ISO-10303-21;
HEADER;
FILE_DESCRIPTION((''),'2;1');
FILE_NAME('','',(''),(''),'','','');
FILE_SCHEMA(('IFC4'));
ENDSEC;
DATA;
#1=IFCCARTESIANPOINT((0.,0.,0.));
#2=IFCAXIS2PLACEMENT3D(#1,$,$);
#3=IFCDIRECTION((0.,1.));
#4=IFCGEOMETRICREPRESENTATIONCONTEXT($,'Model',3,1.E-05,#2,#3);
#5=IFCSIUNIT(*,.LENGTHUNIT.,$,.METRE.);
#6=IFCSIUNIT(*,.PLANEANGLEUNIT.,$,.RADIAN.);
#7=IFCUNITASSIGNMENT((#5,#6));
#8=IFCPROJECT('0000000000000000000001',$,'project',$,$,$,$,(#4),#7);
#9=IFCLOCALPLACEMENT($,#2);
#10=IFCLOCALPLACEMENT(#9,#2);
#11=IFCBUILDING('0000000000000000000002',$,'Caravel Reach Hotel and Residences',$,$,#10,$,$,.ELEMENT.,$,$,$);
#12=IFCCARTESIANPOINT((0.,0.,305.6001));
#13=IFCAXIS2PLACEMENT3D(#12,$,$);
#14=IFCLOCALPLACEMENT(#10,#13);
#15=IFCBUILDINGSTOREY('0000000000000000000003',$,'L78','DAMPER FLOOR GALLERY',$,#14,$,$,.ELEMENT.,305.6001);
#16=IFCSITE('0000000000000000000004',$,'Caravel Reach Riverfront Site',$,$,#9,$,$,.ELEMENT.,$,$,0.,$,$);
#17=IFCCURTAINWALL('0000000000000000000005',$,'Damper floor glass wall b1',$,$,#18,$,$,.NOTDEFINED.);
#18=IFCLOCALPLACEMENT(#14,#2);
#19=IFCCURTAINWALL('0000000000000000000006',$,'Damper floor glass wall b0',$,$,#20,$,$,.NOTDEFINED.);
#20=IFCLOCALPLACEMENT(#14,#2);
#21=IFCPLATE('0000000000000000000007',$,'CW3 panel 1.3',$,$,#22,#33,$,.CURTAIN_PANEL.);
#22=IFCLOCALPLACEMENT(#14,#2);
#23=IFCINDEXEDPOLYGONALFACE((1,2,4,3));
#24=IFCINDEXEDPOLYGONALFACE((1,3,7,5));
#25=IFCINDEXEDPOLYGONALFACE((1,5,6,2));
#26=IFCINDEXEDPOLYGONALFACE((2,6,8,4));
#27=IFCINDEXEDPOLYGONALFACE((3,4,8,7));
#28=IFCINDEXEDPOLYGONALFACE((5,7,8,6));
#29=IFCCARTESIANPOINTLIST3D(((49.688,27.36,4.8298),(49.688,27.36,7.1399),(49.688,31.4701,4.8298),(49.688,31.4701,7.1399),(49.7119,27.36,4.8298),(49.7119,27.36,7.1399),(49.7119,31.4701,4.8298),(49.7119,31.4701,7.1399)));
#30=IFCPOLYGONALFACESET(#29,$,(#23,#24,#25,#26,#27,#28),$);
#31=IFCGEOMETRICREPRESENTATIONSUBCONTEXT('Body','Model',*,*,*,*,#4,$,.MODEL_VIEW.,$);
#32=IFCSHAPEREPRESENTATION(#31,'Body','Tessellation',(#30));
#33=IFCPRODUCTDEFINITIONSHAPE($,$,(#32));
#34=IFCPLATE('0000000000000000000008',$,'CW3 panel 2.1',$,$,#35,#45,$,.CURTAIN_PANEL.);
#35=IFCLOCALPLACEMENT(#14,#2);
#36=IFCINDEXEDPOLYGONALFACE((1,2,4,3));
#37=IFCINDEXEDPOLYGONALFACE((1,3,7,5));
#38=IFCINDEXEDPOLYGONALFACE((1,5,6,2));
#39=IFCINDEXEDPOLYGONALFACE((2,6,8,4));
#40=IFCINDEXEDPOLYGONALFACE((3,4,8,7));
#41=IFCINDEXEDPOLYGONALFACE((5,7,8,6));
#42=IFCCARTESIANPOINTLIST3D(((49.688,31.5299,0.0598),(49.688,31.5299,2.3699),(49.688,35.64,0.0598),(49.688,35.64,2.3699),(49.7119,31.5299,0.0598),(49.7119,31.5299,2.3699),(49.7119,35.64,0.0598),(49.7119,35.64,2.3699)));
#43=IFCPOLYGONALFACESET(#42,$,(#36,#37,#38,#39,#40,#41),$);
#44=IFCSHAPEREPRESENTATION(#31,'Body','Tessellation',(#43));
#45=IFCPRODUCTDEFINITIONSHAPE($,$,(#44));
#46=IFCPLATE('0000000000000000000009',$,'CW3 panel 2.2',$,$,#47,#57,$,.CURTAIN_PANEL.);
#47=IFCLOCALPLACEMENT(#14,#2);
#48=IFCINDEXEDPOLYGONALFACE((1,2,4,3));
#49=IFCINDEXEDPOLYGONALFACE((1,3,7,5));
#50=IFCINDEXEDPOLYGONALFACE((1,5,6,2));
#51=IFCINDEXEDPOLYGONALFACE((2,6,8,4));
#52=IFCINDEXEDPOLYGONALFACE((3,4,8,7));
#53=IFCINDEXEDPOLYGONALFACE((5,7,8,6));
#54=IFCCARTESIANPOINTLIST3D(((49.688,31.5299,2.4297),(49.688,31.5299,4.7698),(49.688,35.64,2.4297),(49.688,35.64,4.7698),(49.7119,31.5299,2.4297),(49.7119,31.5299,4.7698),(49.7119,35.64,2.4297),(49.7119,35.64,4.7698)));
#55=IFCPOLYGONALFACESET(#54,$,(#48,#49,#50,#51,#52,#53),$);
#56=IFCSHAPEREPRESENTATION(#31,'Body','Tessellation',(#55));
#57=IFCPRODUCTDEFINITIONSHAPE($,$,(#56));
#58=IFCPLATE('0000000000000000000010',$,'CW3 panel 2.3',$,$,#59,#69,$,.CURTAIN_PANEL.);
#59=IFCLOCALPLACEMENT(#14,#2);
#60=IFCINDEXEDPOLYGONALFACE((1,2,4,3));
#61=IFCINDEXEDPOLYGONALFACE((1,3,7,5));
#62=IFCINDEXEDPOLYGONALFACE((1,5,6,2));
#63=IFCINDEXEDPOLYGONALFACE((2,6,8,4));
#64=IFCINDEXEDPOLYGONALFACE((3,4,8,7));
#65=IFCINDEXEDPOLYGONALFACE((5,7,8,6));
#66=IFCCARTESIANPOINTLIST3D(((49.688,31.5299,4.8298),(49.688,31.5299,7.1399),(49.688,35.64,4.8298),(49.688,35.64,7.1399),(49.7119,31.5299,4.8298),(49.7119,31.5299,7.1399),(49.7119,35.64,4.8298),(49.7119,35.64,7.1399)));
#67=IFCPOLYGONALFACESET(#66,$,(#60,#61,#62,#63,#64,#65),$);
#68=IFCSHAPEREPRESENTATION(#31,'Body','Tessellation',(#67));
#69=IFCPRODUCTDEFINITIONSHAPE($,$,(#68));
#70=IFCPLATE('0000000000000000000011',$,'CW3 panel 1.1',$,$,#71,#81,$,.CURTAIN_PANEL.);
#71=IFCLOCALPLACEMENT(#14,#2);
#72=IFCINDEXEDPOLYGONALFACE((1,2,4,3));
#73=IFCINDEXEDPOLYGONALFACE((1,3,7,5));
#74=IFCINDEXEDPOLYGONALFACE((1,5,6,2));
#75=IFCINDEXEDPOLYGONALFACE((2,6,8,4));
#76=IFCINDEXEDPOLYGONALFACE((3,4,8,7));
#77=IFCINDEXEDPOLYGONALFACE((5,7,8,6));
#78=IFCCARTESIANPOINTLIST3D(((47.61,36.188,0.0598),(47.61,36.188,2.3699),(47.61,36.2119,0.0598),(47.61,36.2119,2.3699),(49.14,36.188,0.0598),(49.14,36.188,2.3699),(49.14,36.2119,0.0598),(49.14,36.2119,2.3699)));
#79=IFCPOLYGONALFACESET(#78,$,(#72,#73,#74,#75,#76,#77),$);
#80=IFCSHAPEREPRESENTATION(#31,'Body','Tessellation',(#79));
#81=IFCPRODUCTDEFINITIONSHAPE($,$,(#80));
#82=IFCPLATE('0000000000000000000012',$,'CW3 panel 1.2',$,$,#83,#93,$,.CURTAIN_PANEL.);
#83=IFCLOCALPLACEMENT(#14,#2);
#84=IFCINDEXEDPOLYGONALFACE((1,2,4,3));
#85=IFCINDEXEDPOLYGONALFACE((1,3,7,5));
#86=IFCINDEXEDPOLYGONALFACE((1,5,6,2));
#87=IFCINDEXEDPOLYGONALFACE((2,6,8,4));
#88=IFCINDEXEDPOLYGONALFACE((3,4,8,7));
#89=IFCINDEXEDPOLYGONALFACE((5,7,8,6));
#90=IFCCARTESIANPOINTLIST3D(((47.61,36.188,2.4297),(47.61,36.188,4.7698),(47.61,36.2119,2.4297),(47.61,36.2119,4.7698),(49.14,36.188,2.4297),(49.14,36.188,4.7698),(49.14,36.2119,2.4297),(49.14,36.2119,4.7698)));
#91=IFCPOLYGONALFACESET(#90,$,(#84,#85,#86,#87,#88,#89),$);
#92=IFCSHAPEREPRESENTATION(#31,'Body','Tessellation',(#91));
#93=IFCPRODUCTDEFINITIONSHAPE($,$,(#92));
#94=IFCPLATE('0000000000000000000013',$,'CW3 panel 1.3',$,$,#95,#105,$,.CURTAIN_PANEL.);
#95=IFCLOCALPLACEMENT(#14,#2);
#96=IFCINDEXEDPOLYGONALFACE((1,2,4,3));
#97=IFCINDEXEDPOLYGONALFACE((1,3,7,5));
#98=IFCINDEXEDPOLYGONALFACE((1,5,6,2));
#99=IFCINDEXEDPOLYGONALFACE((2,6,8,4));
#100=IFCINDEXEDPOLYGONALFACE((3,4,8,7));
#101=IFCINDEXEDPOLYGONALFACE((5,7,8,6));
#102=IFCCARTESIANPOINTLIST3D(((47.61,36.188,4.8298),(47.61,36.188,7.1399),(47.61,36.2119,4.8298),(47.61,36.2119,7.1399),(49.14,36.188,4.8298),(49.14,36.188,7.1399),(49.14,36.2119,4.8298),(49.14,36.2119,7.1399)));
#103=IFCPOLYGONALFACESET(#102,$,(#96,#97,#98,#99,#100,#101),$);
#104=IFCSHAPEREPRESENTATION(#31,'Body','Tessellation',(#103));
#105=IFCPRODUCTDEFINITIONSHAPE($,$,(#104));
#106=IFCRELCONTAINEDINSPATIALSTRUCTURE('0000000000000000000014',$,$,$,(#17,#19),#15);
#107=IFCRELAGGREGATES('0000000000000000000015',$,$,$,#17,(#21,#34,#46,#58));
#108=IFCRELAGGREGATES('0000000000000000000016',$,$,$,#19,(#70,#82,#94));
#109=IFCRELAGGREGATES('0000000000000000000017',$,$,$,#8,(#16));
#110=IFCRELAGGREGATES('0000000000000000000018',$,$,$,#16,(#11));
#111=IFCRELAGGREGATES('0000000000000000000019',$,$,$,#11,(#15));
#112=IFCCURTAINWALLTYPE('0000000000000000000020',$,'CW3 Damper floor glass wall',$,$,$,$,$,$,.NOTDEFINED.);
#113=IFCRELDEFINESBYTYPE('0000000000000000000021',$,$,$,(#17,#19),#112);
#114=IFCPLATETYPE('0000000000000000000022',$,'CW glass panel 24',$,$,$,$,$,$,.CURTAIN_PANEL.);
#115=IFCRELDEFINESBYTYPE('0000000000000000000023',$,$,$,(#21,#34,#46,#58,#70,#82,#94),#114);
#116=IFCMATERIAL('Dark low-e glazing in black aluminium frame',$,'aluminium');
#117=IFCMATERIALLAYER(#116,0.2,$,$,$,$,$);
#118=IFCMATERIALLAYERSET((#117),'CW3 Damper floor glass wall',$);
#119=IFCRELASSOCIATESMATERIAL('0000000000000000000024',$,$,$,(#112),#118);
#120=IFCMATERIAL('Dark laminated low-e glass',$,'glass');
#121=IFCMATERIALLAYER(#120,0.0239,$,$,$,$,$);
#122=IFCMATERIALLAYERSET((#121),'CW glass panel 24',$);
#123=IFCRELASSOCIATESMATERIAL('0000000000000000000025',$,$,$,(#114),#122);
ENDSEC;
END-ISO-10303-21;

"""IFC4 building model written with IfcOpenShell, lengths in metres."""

from ifc_helpers import new_model, si_unit, direction, frame, origin, origin_2d, place, context, subcontext, project, spatial, rectangle, extrude, material, layer, layer_set, type_object, element, aggregate, save


model = new_model("IFC4")

# Units and contexts
model_context = context("Model", 3, precision=1e-05, world=origin(), true_north=direction((0.0, 1.0)))
body_context = subcontext(model_context, "Body", "Model", "MODEL_VIEW")
ifc_project = project(units=[si_unit("LENGTHUNIT", "METRE"), si_unit("PLANEANGLEUNIT", "RADIAN")], contexts=[model_context])

# Site, building, storey
site_placement = place(None, origin())
site = spatial("IfcSite", under=ifc_project, at=site_placement, Name="Caravel Reach Riverfront Site", CompositionType="ELEMENT", RefElevation=0.0)
building_placement = place(site_placement, origin())
building = spatial("IfcBuilding", under=site, at=building_placement, Name="Caravel Reach Hotel and Residences", CompositionType="ELEMENT")
storey_placement = place(building_placement, frame((0.0, 0.0, 305.6001)))
storey = spatial("IfcBuildingStorey", under=building, at=storey_placement, Name="L78", Description="DAMPER FLOOR GALLERY", CompositionType="ELEMENT", Elevation=305.6001)

# Curtain walls
ifc_material_1 = material(Name="Dark low-e glazing in black aluminium frame", Category="aluminium")
ifc_layer_1 = layer(ifc_material_1, 0.2)
ifc_layer_set_1 = layer_set([ifc_layer_1], Name="CW3 Damper floor glass wall")
curtain_wall_type = type_object("IfcCurtainWallType", Name="CW3 Damper floor glass wall", PredefinedType="NOTDEFINED", material=ifc_layer_set_1)
curtain_wall_1_placement = place(storey_placement, origin())
curtain_wall_1 = element("IfcCurtainWall", 1, at=curtain_wall_1_placement, inside=storey, type_object=curtain_wall_type, Name="Damper floor glass wall b1", PredefinedType="NOTDEFINED")
curtain_wall_2_placement = place(storey_placement, origin())
curtain_wall_2 = element("IfcCurtainWall", 2, at=curtain_wall_2_placement, inside=storey, type_object=curtain_wall_type, Name="Damper floor glass wall b0", PredefinedType="NOTDEFINED")

# Plates
ifc_material_2 = material(Name="Dark laminated low-e glass", Category="glass")
ifc_layer_2 = layer(ifc_material_2, 0.0239)
ifc_layer_set_2 = layer_set([ifc_layer_2], Name="CW glass panel 24")
plate_type = type_object("IfcPlateType", Name="CW glass panel 24", PredefinedType="CURTAIN_PANEL", material=ifc_layer_set_2)
plate_1_placement = place(storey_placement, frame((49.7, 29.415, 4.8298), z_axis=(0.0, 0.0, 1.0), x_axis=(0.0, 1.0, 0.0)))
plate_1 = element("IfcPlate", 3, at=plate_1_placement, type_object=plate_type, Name="CW3 panel 1.3", PredefinedType="CURTAIN_PANEL", context=body_context, shape_type="SweptSolid", body=[
    extrude(rectangle(XDim=4.1101, YDim=0.0239, at=origin_2d()), origin(), (0.0, 0.0, 1.0), 2.3101),
])
plate_2_placement = place(storey_placement, frame((49.7, 33.585, 0.0598), z_axis=(0.0, 0.0, 1.0), x_axis=(0.0, 1.0, 0.0)))
plate_2 = element("IfcPlate", 4, at=plate_2_placement, type_object=plate_type, Name="CW3 panel 2.1", PredefinedType="CURTAIN_PANEL", context=body_context, shape_type="SweptSolid", body=[
    extrude(rectangle(XDim=4.1101, YDim=0.0239, at=origin_2d()), origin(), (0.0, 0.0, 1.0), 2.3101),
])
plate_3_placement = place(storey_placement, frame((49.7, 33.585, 2.4297), z_axis=(0.0, 0.0, 1.0), x_axis=(0.0, 1.0, 0.0)))
plate_3 = element("IfcPlate", 5, at=plate_3_placement, type_object=plate_type, Name="CW3 panel 2.2", PredefinedType="CURTAIN_PANEL", context=body_context, shape_type="SweptSolid", body=[
    extrude(rectangle(XDim=4.1101, YDim=0.0239, at=origin_2d()), origin(), (0.0, 0.0, 1.0), 2.3401),
])
plate_4_placement = place(storey_placement, frame((49.7, 33.585, 4.8298), z_axis=(0.0, 0.0, 1.0), x_axis=(0.0, 1.0, 0.0)))
plate_4 = element("IfcPlate", 6, at=plate_4_placement, type_object=plate_type, Name="CW3 panel 2.3", PredefinedType="CURTAIN_PANEL", context=body_context, shape_type="SweptSolid", body=[
    extrude(rectangle(XDim=4.1101, YDim=0.0239, at=origin_2d()), origin(), (0.0, 0.0, 1.0), 2.3101),
])
aggregate(curtain_wall_1, [plate_1, plate_2, plate_3, plate_4])
plate_5_placement = place(storey_placement, frame((48.375, 36.2, 0.0598), z_axis=(0.0, 0.0, 1.0), x_axis=(-1.0, 0.0, 0.0)))
plate_5 = element("IfcPlate", 7, at=plate_5_placement, type_object=plate_type, Name="CW3 panel 1.1", PredefinedType="CURTAIN_PANEL", context=body_context, shape_type="SweptSolid", body=[
    extrude(rectangle(XDim=1.53, YDim=0.0239, at=origin_2d()), origin(), (0.0, 0.0, 1.0), 2.3101),
])
plate_6_placement = place(storey_placement, frame((48.375, 36.2, 2.4297), z_axis=(0.0, 0.0, 1.0), x_axis=(-1.0, 0.0, 0.0)))
plate_6 = element("IfcPlate", 8, at=plate_6_placement, type_object=plate_type, Name="CW3 panel 1.2", PredefinedType="CURTAIN_PANEL", context=body_context, shape_type="SweptSolid", body=[
    extrude(rectangle(XDim=1.53, YDim=0.0239, at=origin_2d()), origin(), (0.0, 0.0, 1.0), 2.3401),
])
plate_7_placement = place(storey_placement, frame((48.375, 36.2, 4.8298), z_axis=(0.0, 0.0, 1.0), x_axis=(-1.0, 0.0, 0.0)))
plate_7 = element("IfcPlate", 9, at=plate_7_placement, type_object=plate_type, Name="CW3 panel 1.3", PredefinedType="CURTAIN_PANEL", context=body_context, shape_type="SweptSolid", body=[
    extrude(rectangle(XDim=1.53, YDim=0.0239, at=origin_2d()), origin(), (0.0, 0.0, 1.0), 2.3101),
])
aggregate(curtain_wall_2, [plate_5, plate_6, plate_7])

save(model, "model.ifc")
